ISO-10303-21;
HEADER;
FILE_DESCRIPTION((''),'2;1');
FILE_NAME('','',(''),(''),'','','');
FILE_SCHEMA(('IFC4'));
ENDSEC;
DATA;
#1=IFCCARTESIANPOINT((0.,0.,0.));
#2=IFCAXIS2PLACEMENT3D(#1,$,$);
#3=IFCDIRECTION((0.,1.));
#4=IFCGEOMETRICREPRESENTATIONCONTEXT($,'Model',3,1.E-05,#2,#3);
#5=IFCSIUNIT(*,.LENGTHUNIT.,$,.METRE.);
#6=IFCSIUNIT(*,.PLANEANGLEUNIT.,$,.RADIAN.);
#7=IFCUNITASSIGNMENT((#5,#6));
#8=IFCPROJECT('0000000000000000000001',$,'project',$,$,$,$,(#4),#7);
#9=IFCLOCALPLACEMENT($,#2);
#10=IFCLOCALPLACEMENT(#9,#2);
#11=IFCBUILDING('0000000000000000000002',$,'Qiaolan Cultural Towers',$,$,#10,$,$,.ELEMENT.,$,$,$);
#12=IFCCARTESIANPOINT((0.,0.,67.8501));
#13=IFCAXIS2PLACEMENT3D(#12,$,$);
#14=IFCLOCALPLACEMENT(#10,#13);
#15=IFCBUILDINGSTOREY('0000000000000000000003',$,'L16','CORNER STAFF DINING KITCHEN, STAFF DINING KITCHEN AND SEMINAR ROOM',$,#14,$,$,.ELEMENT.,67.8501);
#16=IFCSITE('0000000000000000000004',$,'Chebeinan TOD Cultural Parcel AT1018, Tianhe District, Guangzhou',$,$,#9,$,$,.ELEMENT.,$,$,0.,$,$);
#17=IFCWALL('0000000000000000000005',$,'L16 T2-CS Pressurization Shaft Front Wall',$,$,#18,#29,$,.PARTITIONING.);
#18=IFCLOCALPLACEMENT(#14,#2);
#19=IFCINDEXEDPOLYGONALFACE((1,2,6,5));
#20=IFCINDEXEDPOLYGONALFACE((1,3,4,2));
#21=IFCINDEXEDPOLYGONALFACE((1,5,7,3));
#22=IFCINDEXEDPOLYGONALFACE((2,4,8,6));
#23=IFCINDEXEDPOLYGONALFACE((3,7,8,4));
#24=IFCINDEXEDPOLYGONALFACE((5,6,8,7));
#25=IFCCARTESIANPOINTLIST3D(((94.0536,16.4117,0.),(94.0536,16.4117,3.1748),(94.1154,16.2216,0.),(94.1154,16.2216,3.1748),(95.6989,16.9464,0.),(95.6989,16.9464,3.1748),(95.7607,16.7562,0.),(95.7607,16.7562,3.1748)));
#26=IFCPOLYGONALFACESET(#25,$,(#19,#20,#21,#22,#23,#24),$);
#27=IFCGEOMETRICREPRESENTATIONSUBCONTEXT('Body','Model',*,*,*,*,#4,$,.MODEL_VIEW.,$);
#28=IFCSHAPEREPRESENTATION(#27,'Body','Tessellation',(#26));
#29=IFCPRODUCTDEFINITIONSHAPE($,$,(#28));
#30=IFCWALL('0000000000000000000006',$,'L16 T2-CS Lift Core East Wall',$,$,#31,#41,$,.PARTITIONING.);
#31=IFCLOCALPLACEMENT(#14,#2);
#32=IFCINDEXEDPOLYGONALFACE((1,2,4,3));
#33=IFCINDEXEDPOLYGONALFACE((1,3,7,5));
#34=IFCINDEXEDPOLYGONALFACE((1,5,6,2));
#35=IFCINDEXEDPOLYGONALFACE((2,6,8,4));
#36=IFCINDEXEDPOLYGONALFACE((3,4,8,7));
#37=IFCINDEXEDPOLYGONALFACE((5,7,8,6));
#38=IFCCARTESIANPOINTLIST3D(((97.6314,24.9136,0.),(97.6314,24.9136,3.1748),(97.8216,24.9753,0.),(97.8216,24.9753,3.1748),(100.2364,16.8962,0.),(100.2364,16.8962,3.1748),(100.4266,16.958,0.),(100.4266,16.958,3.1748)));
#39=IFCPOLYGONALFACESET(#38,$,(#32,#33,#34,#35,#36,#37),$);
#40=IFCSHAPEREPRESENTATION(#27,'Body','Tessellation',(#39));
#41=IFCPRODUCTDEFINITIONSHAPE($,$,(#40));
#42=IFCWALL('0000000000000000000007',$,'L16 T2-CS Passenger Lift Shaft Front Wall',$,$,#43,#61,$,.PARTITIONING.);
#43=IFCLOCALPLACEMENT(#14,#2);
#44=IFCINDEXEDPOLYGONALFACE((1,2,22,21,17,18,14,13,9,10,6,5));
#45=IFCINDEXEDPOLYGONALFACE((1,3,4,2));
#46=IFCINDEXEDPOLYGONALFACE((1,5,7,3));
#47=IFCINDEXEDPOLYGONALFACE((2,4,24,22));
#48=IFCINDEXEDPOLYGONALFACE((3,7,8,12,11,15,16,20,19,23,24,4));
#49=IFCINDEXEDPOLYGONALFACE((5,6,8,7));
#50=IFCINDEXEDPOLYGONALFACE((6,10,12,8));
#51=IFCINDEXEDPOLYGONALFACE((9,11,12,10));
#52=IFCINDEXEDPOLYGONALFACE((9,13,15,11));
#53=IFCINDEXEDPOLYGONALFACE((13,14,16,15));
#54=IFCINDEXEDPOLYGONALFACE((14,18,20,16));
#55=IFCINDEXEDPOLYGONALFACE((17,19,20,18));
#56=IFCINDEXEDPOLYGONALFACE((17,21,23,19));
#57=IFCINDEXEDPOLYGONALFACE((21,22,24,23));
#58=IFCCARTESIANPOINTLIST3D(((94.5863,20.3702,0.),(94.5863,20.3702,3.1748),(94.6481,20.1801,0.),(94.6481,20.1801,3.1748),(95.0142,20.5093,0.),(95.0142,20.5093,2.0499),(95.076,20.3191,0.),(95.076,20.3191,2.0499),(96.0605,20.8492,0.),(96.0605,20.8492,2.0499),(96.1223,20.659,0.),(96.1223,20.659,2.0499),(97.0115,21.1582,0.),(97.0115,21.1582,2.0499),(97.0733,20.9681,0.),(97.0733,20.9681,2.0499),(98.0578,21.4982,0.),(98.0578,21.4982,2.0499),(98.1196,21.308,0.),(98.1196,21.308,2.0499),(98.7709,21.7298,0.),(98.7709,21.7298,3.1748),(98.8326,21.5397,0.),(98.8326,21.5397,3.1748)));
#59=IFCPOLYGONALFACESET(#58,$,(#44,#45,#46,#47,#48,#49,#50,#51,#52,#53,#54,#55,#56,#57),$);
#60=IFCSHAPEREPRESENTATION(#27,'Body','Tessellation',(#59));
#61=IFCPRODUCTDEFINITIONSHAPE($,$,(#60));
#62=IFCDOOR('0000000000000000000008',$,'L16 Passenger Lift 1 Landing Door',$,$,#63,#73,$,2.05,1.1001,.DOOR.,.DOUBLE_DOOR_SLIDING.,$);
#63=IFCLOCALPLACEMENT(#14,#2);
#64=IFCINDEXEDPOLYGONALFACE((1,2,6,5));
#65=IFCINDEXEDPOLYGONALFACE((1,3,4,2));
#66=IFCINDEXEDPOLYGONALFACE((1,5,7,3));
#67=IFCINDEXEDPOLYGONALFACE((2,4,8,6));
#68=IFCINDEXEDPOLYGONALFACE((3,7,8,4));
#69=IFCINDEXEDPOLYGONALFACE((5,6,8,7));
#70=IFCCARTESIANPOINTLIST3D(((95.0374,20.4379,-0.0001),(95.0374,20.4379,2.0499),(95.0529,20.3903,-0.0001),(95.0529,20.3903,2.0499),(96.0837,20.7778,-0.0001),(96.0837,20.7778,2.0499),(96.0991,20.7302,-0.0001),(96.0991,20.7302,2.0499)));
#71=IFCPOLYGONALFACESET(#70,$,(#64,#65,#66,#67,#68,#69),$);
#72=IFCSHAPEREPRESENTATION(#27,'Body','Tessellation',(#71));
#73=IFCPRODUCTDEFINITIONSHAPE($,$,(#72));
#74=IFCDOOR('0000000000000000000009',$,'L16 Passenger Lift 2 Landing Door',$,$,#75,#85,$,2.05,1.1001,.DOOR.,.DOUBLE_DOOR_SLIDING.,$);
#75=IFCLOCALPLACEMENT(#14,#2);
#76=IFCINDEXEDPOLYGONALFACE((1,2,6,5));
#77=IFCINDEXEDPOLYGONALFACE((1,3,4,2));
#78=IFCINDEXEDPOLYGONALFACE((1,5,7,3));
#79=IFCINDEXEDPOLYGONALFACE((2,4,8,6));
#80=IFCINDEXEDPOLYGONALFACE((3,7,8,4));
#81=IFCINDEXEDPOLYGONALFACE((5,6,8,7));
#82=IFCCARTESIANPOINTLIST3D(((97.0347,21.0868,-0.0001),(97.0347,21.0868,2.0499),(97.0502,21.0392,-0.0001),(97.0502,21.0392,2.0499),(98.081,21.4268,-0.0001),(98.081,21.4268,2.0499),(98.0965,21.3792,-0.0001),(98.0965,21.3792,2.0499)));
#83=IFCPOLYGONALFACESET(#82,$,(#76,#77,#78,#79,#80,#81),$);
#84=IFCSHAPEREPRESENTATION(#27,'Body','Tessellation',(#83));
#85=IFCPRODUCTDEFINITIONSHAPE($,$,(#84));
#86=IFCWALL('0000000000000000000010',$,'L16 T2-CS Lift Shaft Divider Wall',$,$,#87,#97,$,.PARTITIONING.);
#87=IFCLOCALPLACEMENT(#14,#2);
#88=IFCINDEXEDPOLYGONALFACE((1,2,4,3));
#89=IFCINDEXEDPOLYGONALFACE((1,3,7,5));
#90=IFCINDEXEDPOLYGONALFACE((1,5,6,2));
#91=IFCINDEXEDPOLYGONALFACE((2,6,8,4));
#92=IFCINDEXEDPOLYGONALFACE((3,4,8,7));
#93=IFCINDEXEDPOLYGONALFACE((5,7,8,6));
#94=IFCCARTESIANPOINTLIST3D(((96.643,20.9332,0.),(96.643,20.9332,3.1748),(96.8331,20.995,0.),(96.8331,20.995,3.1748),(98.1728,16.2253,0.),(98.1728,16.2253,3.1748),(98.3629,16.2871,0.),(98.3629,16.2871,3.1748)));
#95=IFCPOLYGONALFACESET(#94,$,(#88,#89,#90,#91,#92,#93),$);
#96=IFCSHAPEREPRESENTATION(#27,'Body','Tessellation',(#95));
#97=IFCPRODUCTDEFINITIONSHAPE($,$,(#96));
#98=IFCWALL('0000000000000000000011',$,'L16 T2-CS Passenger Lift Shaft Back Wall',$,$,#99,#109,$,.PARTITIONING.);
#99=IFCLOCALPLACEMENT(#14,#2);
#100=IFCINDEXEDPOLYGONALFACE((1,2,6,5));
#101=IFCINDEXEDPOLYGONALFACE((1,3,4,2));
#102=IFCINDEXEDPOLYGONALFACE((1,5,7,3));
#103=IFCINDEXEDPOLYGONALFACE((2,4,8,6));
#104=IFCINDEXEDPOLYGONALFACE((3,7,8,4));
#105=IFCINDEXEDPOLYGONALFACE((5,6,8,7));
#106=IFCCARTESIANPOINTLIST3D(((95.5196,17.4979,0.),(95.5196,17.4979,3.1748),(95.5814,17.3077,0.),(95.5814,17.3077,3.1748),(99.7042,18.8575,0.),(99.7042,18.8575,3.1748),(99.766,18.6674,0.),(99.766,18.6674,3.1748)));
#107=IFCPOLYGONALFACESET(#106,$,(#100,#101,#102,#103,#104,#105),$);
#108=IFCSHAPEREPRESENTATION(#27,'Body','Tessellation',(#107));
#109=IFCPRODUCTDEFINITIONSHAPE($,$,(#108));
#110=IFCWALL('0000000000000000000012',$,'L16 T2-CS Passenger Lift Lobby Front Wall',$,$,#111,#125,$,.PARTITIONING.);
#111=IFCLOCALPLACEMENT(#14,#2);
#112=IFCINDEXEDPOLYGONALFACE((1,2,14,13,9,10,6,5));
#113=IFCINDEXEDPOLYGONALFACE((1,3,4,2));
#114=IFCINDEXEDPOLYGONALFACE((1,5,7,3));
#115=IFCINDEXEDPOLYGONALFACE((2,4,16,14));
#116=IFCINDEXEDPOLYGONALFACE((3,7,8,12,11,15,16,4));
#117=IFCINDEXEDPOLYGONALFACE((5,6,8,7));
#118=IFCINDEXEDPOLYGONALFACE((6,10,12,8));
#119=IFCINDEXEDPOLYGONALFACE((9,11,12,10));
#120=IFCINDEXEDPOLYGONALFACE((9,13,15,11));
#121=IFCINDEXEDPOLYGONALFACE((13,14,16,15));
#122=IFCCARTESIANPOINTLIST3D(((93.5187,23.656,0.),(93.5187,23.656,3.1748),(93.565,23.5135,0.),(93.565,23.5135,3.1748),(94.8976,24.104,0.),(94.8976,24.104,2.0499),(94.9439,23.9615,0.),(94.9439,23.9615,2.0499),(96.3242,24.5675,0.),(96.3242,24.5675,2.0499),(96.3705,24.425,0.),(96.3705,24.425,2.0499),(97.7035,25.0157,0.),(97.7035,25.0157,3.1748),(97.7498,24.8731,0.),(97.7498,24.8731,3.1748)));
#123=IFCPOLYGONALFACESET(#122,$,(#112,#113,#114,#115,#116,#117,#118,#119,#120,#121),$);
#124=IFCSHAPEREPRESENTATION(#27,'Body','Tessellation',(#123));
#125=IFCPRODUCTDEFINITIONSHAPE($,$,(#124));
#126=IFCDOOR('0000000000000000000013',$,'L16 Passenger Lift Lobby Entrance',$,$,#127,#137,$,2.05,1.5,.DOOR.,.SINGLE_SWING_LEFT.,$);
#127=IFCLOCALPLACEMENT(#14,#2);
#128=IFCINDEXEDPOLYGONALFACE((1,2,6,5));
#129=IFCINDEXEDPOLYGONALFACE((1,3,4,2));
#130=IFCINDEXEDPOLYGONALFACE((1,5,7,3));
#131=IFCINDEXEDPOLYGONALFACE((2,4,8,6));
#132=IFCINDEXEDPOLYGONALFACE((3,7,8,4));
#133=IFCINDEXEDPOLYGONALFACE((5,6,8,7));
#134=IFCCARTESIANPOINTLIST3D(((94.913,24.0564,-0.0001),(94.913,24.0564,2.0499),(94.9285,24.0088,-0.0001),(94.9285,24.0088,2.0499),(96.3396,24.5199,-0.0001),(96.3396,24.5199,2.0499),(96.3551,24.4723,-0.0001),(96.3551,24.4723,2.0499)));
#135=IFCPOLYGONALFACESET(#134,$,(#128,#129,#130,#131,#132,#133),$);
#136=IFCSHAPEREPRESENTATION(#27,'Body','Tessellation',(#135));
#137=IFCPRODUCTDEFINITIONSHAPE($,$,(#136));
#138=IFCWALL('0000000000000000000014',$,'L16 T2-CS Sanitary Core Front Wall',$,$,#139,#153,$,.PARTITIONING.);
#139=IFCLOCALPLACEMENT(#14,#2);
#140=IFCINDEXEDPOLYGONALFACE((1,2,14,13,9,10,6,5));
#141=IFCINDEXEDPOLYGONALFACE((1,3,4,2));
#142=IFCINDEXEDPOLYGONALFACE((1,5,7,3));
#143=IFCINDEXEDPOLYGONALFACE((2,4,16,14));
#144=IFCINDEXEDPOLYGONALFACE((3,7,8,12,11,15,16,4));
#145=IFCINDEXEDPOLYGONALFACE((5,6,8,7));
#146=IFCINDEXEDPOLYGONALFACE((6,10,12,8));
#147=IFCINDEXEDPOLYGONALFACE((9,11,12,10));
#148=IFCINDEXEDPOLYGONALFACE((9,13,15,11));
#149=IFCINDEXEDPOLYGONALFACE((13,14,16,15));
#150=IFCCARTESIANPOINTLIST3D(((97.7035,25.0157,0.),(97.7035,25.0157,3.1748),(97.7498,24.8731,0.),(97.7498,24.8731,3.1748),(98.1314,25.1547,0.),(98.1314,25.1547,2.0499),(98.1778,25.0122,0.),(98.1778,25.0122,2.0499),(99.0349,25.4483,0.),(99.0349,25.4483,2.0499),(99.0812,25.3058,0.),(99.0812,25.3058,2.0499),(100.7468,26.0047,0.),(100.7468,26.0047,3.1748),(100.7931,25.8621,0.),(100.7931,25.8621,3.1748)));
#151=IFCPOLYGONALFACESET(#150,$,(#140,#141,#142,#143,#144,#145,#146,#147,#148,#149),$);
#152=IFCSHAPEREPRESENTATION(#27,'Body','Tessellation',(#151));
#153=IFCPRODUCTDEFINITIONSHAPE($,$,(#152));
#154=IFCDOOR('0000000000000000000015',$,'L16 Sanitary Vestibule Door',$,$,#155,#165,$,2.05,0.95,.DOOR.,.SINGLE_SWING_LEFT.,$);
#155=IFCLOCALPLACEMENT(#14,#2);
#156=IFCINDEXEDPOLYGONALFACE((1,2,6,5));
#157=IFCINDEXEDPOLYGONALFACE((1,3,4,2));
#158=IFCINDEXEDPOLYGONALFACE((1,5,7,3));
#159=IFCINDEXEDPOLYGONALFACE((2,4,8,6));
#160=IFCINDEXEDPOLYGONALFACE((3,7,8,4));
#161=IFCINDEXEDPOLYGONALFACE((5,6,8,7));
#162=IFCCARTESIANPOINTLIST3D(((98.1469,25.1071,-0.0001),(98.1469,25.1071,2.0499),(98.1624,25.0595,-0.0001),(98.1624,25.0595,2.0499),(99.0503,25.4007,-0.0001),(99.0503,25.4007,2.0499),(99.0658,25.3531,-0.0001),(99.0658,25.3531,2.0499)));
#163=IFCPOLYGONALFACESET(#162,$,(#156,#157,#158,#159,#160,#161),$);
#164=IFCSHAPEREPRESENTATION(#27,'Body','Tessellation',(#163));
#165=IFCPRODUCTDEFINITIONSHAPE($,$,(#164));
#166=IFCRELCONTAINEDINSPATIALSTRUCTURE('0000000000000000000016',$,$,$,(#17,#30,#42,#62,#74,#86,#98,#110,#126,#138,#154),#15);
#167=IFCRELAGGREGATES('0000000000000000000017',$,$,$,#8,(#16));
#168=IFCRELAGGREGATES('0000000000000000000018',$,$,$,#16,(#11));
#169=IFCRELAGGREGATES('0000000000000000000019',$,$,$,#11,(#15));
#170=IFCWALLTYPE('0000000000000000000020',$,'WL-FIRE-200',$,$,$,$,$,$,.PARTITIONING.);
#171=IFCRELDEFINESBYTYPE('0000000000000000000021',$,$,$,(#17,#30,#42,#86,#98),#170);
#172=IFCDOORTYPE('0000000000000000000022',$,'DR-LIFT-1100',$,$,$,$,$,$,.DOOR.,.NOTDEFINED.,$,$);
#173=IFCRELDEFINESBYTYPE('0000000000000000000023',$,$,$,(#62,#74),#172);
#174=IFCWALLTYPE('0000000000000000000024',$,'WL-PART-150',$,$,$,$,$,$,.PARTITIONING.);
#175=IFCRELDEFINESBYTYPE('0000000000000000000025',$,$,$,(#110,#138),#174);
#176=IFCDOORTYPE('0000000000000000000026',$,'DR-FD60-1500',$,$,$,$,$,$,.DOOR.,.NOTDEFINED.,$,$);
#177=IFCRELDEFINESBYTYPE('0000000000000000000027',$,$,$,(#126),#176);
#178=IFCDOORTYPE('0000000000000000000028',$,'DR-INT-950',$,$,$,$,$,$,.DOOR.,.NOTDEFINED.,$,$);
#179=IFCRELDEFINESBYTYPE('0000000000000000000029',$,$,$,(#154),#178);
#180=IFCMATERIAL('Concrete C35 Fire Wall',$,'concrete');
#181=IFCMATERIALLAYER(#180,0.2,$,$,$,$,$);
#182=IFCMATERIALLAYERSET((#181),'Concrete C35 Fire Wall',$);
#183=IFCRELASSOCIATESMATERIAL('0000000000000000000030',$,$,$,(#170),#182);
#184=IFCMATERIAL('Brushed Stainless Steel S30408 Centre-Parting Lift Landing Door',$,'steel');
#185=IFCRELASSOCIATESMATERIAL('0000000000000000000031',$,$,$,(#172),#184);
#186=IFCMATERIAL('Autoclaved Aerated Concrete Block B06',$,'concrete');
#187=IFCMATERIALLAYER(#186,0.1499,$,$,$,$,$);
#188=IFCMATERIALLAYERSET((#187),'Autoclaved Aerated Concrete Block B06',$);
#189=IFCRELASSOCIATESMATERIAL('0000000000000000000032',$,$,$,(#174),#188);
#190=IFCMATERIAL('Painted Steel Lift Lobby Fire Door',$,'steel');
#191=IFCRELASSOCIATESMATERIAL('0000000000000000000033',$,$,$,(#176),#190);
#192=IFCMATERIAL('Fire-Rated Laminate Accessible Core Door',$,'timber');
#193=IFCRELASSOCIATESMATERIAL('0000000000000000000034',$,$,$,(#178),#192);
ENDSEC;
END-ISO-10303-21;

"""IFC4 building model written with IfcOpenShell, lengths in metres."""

from ifc_helpers import new_model, si_unit, direction, frame, frame_2d, origin, place, context, subcontext, project, spatial, rectangle, extrude, material, layer, layer_set, type_object, element, fill, save


model = new_model("IFC4")

# Units and contexts
model_context = context("Model", 3, precision=1e-05, world=origin(), true_north=direction((0.0, 1.0)))
body_context = subcontext(model_context, "Body", "Model", "MODEL_VIEW")
ifc_project = project(units=[si_unit("LENGTHUNIT", "METRE"), si_unit("PLANEANGLEUNIT", "RADIAN")], contexts=[model_context])

# Site, building, storey
site_placement = place(None, origin())
site = spatial("IfcSite", under=ifc_project, at=site_placement, Name="Chebeinan TOD Cultural Parcel AT1018, Tianhe District, Guangzhou", CompositionType="ELEMENT", RefElevation=0.0)
building_placement = place(site_placement, origin())
building = spatial("IfcBuilding", under=site, at=building_placement, Name="Qiaolan Cultural Towers", CompositionType="ELEMENT")
storey_placement = place(building_placement, frame((0.0, 0.0, 67.8501)))
storey = spatial("IfcBuildingStorey", under=building, at=storey_placement, Name="L16", Description="CORNER STAFF DINING KITCHEN, STAFF DINING KITCHEN AND SEMINAR ROOM", CompositionType="ELEMENT", Elevation=67.8501)

# Walls
ifc_material_1 = material(Name="Concrete C35 Fire Wall", Category="concrete")
ifc_layer_1 = layer(ifc_material_1, 0.2)
ifc_layer_set_1 = layer_set([ifc_layer_1], Name="Concrete C35 Fire Wall")
wall_type_1 = type_object("IfcWallType", Name="WL-FIRE-200", PredefinedType="PARTITIONING", material=ifc_layer_set_1)
wall_1_placement = place(storey_placement, frame((94.0845, 16.3167, 0.0), z_axis=(0.0, 0.0, 1.0), x_axis=(0.951041, 0.309064, 0.0)))
element("IfcWall", 1, at=wall_1_placement, inside=storey, type_object=wall_type_1, Name="L16 T2-CS Pressurization Shaft Front Wall", PredefinedType="PARTITIONING", context=body_context, shape_type="SweptSolid", body=[
    extrude(rectangle(XDim=1.73, YDim=0.2, at=frame_2d((0.865, 0.0))), origin(), (0.0, 0.0, 1.0), 3.1748),
])
wall_2_placement = place(storey_placement, frame((97.7266, 24.9443, 0.0), z_axis=(0.0, 0.0, 1.0), x_axis=(0.309016, -0.951057, 0.0)))
element("IfcWall", 2, at=wall_2_placement, inside=storey, type_object=wall_type_1, Name="L16 T2-CS Lift Core East Wall", PredefinedType="PARTITIONING", context=body_context, shape_type="SweptSolid", body=[
    extrude(rectangle(XDim=8.4299, YDim=0.2, at=frame_2d((4.2148, 0.0))), origin(), (0.0, 0.0, 1.0), 3.1748),
])

# Wall, openings, doors
wall_3_placement = place(storey_placement, frame((94.6172, 20.2751, 0.0), z_axis=(0.0, 0.0, 1.0), x_axis=(0.951059, 0.309011, 0.0)))
wall_3 = element("IfcWall", 3, at=wall_3_placement, inside=storey, type_object=wall_type_1, Name="L16 T2-CS Passenger Lift Shaft Front Wall", PredefinedType="PARTITIONING", context=body_context, shape_type="SweptSolid", body=[
    extrude(rectangle(XDim=4.3999, YDim=0.2, at=frame_2d((2.2, 0.0))), origin(), (0.0, 0.0, 1.0), 3.1748),
])
opening_1_placement = place(wall_3_placement, frame((0.45, 0.0, 0.0)))
opening_1 = element("IfcOpeningElement", 4, at=opening_1_placement, cuts=wall_3, PredefinedType="OPENING", context=body_context, shape_type="SweptSolid", body=[
    extrude(rectangle(XDim=1.1001, YDim=2.05, at=frame_2d((0.55, 1.0249))), frame((0.0, 0.1099, 0.0), z_axis=(0.0, -1.0, 0.0), x_axis=(1.0, 0.0, 0.0)), (0.0, 0.0, 1.0), 0.22),
])
opening_2_placement = place(wall_3_placement, frame((2.55, 0.0, 0.0)))
opening_2 = element("IfcOpeningElement", 5, at=opening_2_placement, cuts=wall_3, PredefinedType="OPENING", context=body_context, shape_type="SweptSolid", body=[
    extrude(rectangle(XDim=1.1001, YDim=2.05, at=frame_2d((0.55, 1.0249))), frame((0.0, 0.1099, 0.0), z_axis=(0.0, -1.0, 0.0), x_axis=(1.0, 0.0, 0.0)), (0.0, 0.0, 1.0), 0.22),
])
ifc_material_2 = material(Name="Brushed Stainless Steel S30408 Centre-Parting Lift Landing Door", Category="steel")
door_type_1 = type_object("IfcDoorType", Name="DR-LIFT-1100", OperationType="NOTDEFINED", PredefinedType="DOOR", material=ifc_material_2)
door_1_placement = place(opening_1_placement, origin())
door_1 = element("IfcDoor", 6, at=door_1_placement, inside=storey, type_object=door_type_1, Name="L16 Passenger Lift 1 Landing Door", OperationType="DOUBLE_DOOR_SLIDING", OverallHeight=2.05, OverallWidth=1.1001, PredefinedType="DOOR", context=body_context, shape_type="SweptSolid", body=[
    extrude(rectangle(XDim=1.1001, YDim=2.05, at=frame_2d((0.55, 1.0249))), frame((0.0, 0.0249, 0.0), z_axis=(0.0, -1.0, 0.0), x_axis=(1.0, 0.0, 0.0)), (0.0, 0.0, 1.0), 0.05),
])
fill(opening_1, door_1)
door_2_placement = place(opening_2_placement, origin())
door_2 = element("IfcDoor", 7, at=door_2_placement, inside=storey, type_object=door_type_1, Name="L16 Passenger Lift 2 Landing Door", OperationType="DOUBLE_DOOR_SLIDING", OverallHeight=2.05, OverallWidth=1.1001, PredefinedType="DOOR", context=body_context, shape_type="SweptSolid", body=[
    extrude(rectangle(XDim=1.1001, YDim=2.05, at=frame_2d((0.55, 1.0249))), frame((0.0, 0.0249, 0.0), z_axis=(0.0, -1.0, 0.0), x_axis=(1.0, 0.0, 0.0)), (0.0, 0.0, 1.0), 0.05),
])
fill(opening_2, door_2)

# Walls
wall_4_placement = place(storey_placement, frame((96.738, 20.9641, 0.0), z_axis=(0.0, 0.0, 1.0), x_axis=(0.309043, -0.951048, 0.0)))
element("IfcWall", 8, at=wall_4_placement, inside=storey, type_object=wall_type_1, Name="L16 T2-CS Lift Shaft Divider Wall", PredefinedType="PARTITIONING", context=body_context, shape_type="SweptSolid", body=[
    extrude(rectangle(XDim=4.9502, YDim=0.2, at=frame_2d((2.4751, 0.0))), origin(), (0.0, 0.0, 1.0), 3.1748),
])
wall_5_placement = place(storey_placement, frame((95.5505, 17.4028, 0.0), z_axis=(0.0, 0.0, 1.0), x_axis=(0.951059, 0.309011, 0.0)))
element("IfcWall", 9, at=wall_5_placement, inside=storey, type_object=wall_type_1, Name="L16 T2-CS Passenger Lift Shaft Back Wall", PredefinedType="PARTITIONING", context=body_context, shape_type="SweptSolid", body=[
    extrude(rectangle(XDim=4.3999, YDim=0.2, at=frame_2d((2.2, 0.0))), origin(), (0.0, 0.0, 1.0), 3.1748),
])

# Walls, openings, doors
ifc_material_3 = material(Name="Autoclaved Aerated Concrete Block B06", Category="concrete")
ifc_layer_2 = layer(ifc_material_3, 0.1499)
ifc_layer_set_2 = layer_set([ifc_layer_2], Name="Autoclaved Aerated Concrete Block B06")
wall_type_2 = type_object("IfcWallType", Name="WL-PART-150", PredefinedType="PARTITIONING", material=ifc_layer_set_2)
wall_6_placement = place(storey_placement, frame((93.5417, 23.5847, 0.0), z_axis=(0.0, 0.0, 1.0), x_axis=(0.951064, 0.308994, 0.0)))
wall_6 = element("IfcWall", 10, at=wall_6_placement, inside=storey, type_object=wall_type_2, Name="L16 T2-CS Passenger Lift Lobby Front Wall", PredefinedType="PARTITIONING", context=body_context, shape_type="SweptSolid", body=[
    extrude(rectangle(XDim=4.4001, YDim=0.1499, at=frame_2d((2.2002, 0.0))), origin(), (0.0, 0.0, 1.0), 3.1748),
])
opening_3_placement = place(wall_6_placement, frame((1.45, 0.0, 0.0)))
opening_3 = element("IfcOpeningElement", 11, at=opening_3_placement, cuts=wall_6, PredefinedType="OPENING", context=body_context, shape_type="SweptSolid", body=[
    extrude(rectangle(XDim=1.5, YDim=2.05, at=frame_2d((0.75, 1.0249))), frame((0.0, 0.085, 0.0), z_axis=(0.0, -1.0, 0.0), x_axis=(1.0, 0.0, 0.0)), (0.0, 0.0, 1.0), 0.1699),
])
ifc_material_4 = material(Name="Painted Steel Lift Lobby Fire Door", Category="steel")
door_type_2 = type_object("IfcDoorType", Name="DR-FD60-1500", OperationType="NOTDEFINED", PredefinedType="DOOR", material=ifc_material_4)
door_3_placement = place(opening_3_placement, origin())
door_3 = element("IfcDoor", 12, at=door_3_placement, inside=storey, type_object=door_type_2, Name="L16 Passenger Lift Lobby Entrance", OperationType="SINGLE_SWING_LEFT", OverallHeight=2.05, OverallWidth=1.5, PredefinedType="DOOR", context=body_context, shape_type="SweptSolid", body=[
    extrude(rectangle(XDim=1.5, YDim=2.05, at=frame_2d((0.75, 1.0249))), frame((0.0, 0.0249, 0.0), z_axis=(0.0, -1.0, 0.0), x_axis=(1.0, 0.0, 0.0)), (0.0, 0.0, 1.0), 0.05),
])
fill(opening_3, door_3)
wall_7_placement = place(storey_placement, frame((97.7266, 24.9443, 0.0), z_axis=(0.0, 0.0, 1.0), x_axis=(0.951037, 0.309077, 0.0)))
wall_7 = element("IfcWall", 13, at=wall_7_placement, inside=storey, type_object=wall_type_2, Name="L16 T2-CS Sanitary Core Front Wall", PredefinedType="PARTITIONING", context=body_context, shape_type="SweptSolid", body=[
    extrude(rectangle(XDim=3.2, YDim=0.1499, at=frame_2d((1.6001, 0.0))), origin(), (0.0, 0.0, 1.0), 3.1748),
])
opening_4_placement = place(wall_7_placement, frame((0.45, 0.0, 0.0)))
opening_4 = element("IfcOpeningElement", 14, at=opening_4_placement, cuts=wall_7, PredefinedType="OPENING", context=body_context, shape_type="SweptSolid", body=[
    extrude(rectangle(XDim=0.95, YDim=2.05, at=frame_2d((0.4751, 1.0249))), frame((0.0, 0.085, 0.0), z_axis=(0.0, -1.0, 0.0), x_axis=(1.0, 0.0, 0.0)), (0.0, 0.0, 1.0), 0.1699),
])
ifc_material_5 = material(Name="Fire-Rated Laminate Accessible Core Door", Category="timber")
door_type_3 = type_object("IfcDoorType", Name="DR-INT-950", OperationType="NOTDEFINED", PredefinedType="DOOR", material=ifc_material_5)
door_4_placement = place(opening_4_placement, origin())
door_4 = element("IfcDoor", 15, at=door_4_placement, inside=storey, type_object=door_type_3, Name="L16 Sanitary Vestibule Door", OperationType="SINGLE_SWING_LEFT", OverallHeight=2.05, OverallWidth=0.95, PredefinedType="DOOR", context=body_context, shape_type="SweptSolid", body=[
    extrude(rectangle(XDim=0.95, YDim=2.05, at=frame_2d((0.4751, 1.0249))), frame((0.0, 0.0249, 0.0), z_axis=(0.0, -1.0, 0.0), x_axis=(1.0, 0.0, 0.0)), (0.0, 0.0, 1.0), 0.05),
])
fill(opening_4, door_4)

save(model, "model.ifc")
